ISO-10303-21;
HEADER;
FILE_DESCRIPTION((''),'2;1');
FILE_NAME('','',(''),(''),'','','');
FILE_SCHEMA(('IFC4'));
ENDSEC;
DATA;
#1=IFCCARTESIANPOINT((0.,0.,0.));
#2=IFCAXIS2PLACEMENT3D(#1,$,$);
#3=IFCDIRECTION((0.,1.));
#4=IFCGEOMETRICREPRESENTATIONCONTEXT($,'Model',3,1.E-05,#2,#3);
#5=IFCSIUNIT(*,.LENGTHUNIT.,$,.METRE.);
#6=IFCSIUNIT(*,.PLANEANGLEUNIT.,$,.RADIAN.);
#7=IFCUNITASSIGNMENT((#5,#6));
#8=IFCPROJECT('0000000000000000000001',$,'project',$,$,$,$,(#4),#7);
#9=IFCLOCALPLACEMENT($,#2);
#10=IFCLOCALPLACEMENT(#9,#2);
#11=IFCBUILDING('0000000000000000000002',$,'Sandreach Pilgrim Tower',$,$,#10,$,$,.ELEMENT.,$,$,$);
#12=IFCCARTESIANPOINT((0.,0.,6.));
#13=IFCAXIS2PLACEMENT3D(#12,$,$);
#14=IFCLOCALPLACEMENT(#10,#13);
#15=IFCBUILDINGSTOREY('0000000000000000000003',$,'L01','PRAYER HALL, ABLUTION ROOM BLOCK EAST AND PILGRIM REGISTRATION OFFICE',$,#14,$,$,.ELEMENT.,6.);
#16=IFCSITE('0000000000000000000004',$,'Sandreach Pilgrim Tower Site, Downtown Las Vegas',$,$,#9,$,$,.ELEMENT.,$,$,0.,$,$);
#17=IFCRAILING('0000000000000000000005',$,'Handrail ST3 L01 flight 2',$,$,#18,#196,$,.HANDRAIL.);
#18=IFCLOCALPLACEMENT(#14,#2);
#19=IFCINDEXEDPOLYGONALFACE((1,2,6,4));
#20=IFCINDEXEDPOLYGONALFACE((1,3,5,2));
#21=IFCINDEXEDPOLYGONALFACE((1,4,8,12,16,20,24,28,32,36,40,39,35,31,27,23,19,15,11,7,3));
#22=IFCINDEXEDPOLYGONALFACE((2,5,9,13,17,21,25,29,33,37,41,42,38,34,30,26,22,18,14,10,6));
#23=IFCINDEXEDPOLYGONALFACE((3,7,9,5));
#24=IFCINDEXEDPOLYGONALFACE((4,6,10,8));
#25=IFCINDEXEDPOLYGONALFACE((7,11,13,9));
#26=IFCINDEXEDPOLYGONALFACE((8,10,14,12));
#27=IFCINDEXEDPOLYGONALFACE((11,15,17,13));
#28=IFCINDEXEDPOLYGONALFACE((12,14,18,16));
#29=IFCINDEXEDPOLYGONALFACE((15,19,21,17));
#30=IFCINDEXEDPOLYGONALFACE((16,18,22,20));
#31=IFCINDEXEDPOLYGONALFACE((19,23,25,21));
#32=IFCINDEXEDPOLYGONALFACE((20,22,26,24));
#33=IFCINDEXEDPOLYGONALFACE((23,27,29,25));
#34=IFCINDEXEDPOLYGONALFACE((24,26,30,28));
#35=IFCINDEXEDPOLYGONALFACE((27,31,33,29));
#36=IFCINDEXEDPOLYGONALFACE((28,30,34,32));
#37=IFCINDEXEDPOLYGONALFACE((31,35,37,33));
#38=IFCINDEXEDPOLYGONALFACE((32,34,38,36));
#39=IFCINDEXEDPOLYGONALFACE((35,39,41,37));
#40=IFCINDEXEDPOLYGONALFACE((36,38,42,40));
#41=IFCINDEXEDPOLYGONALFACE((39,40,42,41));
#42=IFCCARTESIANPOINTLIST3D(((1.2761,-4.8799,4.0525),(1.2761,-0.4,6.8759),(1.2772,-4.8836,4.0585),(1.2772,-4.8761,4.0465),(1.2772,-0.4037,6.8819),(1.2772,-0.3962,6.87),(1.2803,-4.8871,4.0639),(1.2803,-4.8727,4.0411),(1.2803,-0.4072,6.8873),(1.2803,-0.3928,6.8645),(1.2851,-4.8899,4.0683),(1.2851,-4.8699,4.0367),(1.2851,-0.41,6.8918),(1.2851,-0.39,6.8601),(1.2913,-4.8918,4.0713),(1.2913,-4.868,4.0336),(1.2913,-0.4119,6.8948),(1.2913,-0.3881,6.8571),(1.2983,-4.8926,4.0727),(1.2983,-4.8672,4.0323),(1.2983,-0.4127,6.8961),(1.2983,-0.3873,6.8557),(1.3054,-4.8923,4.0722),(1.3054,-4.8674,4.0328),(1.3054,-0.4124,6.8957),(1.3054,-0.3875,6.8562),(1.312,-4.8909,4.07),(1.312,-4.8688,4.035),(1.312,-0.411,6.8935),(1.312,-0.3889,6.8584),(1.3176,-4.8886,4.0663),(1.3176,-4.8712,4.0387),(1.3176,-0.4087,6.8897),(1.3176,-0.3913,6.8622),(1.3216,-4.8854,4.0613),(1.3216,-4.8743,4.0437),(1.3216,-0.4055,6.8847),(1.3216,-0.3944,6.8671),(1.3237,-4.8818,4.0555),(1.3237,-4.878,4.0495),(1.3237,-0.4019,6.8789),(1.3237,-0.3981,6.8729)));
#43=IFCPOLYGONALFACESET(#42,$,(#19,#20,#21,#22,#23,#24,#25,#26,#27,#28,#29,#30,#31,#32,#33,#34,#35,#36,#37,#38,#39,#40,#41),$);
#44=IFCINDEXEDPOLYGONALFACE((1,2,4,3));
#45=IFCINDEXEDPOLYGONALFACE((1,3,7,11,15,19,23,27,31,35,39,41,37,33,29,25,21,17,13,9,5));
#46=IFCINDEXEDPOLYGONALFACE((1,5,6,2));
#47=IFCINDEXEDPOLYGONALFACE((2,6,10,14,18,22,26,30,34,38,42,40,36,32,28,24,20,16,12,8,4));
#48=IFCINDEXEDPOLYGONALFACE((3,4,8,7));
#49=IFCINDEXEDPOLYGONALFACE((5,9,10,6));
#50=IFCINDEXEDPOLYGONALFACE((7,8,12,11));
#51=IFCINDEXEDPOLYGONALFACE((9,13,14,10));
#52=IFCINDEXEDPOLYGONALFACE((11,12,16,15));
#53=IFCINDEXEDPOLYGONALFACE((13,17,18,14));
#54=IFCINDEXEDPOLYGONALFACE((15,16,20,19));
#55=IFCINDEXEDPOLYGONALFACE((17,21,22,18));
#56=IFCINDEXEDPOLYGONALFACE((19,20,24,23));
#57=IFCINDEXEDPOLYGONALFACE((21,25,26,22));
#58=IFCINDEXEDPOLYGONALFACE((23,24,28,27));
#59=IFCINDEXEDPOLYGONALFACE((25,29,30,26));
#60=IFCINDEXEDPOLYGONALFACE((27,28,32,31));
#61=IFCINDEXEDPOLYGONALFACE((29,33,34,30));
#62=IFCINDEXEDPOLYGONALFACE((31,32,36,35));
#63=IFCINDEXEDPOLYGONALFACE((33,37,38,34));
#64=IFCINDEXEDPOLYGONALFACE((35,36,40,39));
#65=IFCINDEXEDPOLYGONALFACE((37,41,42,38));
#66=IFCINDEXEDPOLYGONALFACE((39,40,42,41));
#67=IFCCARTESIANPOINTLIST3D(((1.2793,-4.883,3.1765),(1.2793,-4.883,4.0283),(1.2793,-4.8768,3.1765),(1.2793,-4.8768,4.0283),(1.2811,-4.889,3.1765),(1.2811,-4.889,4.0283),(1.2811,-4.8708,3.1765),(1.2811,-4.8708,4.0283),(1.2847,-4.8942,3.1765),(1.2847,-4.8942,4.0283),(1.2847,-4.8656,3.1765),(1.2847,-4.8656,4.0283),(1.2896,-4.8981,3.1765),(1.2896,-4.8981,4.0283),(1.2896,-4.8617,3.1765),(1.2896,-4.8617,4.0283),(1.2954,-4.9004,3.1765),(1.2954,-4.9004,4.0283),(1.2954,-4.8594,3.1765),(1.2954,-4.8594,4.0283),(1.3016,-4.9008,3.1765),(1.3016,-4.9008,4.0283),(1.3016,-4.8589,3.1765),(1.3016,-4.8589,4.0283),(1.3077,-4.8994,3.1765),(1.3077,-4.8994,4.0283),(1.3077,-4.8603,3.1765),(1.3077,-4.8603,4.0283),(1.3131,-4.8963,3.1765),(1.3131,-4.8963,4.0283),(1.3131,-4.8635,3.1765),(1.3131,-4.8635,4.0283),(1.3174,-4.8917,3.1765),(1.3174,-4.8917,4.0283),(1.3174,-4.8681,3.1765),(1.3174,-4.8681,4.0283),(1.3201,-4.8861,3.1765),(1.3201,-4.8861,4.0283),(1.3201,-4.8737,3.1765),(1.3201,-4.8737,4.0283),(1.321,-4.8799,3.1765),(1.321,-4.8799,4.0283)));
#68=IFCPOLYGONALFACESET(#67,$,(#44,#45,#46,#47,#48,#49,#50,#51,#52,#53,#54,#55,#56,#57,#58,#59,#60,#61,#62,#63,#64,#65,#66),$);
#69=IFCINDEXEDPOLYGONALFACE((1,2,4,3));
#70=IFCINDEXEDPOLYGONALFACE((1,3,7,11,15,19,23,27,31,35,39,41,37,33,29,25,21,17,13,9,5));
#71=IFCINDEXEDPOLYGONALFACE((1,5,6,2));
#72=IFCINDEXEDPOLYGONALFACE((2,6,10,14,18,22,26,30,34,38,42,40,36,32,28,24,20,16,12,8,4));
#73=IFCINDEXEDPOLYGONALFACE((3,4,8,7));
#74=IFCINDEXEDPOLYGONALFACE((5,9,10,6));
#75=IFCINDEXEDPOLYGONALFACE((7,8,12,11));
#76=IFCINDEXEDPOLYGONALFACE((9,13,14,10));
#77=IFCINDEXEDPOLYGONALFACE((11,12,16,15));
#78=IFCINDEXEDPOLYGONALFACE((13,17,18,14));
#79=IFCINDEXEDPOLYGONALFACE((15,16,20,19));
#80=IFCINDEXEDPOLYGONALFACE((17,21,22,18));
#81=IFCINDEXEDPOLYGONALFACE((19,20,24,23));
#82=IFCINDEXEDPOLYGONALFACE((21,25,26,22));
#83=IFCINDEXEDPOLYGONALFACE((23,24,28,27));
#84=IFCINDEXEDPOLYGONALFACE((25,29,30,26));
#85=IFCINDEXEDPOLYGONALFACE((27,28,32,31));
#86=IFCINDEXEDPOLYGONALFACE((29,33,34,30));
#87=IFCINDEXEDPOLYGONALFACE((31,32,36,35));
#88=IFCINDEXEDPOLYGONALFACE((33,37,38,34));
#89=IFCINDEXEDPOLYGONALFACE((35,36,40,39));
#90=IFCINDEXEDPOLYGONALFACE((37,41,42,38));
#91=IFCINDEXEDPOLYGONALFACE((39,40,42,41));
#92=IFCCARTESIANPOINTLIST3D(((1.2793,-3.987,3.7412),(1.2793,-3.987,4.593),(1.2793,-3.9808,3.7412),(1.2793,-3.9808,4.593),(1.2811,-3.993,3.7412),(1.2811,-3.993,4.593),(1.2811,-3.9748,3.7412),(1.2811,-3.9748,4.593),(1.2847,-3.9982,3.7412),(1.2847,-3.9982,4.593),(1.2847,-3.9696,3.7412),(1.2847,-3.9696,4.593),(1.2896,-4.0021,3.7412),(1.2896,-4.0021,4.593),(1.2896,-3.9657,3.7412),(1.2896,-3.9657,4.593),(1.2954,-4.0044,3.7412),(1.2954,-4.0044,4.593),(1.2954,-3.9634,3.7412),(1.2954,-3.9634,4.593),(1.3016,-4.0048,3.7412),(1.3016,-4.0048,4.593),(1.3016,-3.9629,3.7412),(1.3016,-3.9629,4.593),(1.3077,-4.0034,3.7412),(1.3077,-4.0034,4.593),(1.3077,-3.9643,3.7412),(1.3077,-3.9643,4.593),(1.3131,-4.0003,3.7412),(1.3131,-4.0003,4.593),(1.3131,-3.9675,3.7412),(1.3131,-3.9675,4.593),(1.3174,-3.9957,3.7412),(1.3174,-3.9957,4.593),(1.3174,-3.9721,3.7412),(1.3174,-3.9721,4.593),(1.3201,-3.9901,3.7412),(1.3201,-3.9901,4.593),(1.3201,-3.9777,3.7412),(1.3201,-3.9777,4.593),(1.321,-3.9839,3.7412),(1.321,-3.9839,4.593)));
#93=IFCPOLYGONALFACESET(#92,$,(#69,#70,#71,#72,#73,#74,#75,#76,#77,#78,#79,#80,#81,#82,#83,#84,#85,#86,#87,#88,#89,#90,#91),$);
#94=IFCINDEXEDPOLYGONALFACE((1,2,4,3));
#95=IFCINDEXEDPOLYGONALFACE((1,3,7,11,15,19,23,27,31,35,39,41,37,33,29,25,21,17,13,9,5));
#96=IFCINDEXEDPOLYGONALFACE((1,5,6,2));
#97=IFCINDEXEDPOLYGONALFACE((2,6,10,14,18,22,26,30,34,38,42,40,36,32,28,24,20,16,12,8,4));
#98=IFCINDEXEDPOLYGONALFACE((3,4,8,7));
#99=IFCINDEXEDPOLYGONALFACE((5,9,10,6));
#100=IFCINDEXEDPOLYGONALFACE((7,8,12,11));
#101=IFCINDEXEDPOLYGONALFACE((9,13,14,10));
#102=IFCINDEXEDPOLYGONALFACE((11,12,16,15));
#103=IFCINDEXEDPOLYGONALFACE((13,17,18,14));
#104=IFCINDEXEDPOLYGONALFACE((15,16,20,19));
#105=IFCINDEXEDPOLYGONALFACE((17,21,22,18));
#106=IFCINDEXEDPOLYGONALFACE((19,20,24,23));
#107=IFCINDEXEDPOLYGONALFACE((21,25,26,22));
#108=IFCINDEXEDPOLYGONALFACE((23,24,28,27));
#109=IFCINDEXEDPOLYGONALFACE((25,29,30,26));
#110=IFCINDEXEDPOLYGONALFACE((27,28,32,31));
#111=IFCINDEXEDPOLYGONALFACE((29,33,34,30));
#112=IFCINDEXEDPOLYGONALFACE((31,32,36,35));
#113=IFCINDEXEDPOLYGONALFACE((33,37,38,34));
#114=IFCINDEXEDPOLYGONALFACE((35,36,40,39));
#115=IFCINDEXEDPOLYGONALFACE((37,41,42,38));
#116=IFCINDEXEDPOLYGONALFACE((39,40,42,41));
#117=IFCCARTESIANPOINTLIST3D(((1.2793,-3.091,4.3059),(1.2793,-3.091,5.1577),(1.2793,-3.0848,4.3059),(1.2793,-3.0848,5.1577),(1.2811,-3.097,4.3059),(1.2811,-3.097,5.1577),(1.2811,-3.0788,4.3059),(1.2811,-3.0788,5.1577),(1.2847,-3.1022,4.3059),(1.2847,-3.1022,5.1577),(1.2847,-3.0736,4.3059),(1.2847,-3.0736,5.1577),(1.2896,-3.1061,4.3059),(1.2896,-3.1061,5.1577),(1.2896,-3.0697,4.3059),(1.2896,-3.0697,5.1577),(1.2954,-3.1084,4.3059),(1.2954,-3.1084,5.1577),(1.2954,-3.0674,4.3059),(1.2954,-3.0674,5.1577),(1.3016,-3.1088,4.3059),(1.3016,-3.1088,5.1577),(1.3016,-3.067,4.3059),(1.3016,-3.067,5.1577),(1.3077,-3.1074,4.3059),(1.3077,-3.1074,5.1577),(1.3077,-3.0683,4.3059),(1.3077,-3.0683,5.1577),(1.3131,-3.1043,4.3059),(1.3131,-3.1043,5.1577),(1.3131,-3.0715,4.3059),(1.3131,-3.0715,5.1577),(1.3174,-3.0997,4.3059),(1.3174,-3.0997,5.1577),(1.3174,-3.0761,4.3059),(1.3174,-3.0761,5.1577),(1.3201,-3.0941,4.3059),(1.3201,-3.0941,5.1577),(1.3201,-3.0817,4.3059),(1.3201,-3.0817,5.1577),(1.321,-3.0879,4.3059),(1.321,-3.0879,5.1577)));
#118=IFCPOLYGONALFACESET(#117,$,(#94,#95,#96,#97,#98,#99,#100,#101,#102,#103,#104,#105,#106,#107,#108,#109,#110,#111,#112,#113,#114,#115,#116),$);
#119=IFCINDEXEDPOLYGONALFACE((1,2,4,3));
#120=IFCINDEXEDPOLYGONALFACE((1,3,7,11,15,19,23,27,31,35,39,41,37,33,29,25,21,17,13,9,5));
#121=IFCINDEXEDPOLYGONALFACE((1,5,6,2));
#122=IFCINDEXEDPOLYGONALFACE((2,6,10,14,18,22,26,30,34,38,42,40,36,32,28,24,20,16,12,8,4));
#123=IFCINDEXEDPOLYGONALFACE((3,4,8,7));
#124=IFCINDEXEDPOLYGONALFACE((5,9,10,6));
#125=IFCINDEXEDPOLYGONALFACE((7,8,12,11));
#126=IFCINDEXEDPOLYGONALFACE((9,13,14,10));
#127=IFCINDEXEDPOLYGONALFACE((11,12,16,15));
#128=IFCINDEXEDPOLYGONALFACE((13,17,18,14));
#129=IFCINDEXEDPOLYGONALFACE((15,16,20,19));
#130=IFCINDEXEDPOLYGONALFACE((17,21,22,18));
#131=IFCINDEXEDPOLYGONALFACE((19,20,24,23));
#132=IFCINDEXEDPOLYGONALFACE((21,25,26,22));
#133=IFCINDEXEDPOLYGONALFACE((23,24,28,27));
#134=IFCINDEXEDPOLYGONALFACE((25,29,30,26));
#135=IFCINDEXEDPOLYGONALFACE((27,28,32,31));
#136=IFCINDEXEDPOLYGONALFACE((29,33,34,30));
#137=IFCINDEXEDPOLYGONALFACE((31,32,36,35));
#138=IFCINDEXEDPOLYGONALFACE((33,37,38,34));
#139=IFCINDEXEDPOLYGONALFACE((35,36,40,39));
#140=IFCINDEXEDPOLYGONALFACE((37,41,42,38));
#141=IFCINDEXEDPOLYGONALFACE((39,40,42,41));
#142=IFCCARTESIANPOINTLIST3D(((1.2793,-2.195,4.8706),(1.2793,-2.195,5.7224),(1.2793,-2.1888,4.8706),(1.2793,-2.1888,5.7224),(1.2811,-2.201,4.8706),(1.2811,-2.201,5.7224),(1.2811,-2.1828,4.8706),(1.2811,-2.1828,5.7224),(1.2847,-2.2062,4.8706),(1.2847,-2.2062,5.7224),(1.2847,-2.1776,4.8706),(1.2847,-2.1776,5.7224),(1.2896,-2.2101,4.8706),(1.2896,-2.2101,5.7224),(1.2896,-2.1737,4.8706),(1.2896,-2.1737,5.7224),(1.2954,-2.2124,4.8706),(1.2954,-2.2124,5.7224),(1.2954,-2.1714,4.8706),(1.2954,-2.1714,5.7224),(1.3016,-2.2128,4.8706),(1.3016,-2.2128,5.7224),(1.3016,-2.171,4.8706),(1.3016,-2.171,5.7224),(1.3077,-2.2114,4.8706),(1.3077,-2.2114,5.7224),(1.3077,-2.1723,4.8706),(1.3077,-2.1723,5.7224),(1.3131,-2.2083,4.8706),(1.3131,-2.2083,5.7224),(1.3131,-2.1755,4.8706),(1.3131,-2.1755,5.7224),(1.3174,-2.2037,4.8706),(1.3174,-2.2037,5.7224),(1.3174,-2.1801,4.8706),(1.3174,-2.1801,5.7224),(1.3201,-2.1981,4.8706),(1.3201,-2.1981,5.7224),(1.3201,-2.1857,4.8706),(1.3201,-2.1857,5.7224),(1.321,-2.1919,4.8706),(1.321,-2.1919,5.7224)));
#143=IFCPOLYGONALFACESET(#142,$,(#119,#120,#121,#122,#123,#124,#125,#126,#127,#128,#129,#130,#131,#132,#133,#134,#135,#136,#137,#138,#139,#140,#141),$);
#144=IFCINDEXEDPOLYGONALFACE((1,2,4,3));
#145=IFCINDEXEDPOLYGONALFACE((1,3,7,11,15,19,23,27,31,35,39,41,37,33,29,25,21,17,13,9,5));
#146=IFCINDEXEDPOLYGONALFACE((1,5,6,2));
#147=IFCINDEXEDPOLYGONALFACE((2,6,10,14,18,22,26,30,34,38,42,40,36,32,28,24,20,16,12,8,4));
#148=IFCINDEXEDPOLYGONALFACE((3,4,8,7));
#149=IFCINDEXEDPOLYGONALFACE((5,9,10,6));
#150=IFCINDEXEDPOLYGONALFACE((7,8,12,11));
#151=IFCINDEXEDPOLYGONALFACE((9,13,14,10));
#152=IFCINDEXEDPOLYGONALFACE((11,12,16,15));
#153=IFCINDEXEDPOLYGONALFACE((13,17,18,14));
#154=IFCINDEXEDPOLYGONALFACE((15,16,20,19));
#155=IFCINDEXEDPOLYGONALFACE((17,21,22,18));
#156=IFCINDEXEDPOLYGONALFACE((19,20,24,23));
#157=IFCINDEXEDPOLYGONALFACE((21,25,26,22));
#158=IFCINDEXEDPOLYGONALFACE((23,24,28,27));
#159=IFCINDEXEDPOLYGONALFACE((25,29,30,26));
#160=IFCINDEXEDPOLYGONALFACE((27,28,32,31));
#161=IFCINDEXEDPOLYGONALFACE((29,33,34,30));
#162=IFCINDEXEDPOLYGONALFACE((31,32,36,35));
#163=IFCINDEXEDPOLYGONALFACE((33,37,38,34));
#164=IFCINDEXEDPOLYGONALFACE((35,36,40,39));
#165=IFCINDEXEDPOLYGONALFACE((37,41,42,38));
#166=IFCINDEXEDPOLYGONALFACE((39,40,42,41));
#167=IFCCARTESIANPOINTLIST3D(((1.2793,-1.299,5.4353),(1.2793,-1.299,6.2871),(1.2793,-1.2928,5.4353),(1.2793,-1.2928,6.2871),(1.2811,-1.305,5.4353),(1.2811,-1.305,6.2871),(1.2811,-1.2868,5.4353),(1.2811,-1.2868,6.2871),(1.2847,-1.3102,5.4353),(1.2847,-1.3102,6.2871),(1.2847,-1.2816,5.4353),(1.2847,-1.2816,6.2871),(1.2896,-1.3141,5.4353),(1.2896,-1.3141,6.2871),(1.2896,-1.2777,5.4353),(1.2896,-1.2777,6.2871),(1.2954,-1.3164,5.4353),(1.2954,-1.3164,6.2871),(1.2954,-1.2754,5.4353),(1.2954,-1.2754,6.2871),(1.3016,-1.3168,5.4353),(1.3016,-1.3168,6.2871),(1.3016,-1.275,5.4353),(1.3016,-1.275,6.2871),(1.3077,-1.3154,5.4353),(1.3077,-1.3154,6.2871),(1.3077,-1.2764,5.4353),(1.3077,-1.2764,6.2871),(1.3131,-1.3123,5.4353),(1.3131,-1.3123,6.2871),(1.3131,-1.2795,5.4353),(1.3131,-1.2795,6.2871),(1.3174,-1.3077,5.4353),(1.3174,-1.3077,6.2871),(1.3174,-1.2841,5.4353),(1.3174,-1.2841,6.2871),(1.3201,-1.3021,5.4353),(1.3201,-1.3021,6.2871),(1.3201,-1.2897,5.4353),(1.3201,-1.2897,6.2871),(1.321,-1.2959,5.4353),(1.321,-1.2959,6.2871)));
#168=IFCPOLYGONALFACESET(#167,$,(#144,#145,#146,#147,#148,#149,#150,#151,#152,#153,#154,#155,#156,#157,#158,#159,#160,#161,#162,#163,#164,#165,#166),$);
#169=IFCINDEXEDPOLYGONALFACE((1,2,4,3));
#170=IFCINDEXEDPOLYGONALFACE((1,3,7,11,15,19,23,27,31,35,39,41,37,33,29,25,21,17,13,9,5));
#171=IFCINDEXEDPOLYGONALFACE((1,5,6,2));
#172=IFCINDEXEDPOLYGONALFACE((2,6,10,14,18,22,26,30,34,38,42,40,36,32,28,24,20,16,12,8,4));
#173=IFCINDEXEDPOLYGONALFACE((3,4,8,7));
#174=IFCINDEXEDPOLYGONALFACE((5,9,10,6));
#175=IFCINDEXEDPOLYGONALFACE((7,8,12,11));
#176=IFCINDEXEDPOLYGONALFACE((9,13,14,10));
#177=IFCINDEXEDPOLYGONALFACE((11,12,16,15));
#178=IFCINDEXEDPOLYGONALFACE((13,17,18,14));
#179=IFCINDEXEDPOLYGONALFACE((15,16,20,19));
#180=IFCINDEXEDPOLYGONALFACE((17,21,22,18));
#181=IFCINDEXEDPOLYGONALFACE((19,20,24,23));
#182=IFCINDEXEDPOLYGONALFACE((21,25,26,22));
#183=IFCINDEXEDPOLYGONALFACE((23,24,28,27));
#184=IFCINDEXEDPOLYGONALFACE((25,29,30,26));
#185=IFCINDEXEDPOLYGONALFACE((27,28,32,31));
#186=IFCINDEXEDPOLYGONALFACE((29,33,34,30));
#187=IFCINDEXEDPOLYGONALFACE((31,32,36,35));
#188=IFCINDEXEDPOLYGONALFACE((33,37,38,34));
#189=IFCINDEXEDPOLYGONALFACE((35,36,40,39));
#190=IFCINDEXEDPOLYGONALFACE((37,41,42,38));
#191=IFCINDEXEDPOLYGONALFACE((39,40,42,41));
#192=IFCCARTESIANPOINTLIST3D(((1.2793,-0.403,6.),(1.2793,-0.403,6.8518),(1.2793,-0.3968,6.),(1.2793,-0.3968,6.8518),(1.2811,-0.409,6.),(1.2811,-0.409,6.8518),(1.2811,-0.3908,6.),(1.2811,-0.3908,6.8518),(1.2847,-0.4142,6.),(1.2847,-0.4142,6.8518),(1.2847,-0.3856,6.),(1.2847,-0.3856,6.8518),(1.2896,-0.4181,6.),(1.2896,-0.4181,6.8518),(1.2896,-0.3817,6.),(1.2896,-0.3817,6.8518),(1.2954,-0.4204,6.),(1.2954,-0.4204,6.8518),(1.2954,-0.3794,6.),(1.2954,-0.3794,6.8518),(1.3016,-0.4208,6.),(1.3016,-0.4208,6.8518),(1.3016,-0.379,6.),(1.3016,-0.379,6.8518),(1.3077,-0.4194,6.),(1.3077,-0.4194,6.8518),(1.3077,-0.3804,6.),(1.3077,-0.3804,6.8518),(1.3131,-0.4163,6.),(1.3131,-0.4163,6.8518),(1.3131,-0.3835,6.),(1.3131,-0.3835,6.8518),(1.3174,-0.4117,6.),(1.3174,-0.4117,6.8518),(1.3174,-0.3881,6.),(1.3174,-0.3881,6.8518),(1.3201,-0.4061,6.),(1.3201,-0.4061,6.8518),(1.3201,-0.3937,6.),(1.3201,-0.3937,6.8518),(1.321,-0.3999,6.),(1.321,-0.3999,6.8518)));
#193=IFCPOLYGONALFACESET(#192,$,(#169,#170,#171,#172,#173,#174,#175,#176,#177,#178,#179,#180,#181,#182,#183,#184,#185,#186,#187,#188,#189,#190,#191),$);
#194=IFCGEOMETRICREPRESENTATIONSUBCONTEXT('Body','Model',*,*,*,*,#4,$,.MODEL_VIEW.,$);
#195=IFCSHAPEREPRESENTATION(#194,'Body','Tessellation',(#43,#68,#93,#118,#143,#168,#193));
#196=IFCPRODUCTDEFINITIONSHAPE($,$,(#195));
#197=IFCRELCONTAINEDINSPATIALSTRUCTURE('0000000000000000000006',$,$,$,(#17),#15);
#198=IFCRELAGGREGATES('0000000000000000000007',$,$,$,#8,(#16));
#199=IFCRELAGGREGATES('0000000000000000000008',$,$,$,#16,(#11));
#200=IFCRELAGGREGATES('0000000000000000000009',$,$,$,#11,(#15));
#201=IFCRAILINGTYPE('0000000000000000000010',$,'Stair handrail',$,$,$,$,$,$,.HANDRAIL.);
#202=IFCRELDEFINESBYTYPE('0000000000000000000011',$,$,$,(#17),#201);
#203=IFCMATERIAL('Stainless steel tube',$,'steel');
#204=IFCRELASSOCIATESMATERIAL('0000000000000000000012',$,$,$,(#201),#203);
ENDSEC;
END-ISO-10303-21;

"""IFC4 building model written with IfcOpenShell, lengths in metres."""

from ifc_helpers import new_model, si_unit, direction, frame, origin, origin_2d, place, context, subcontext, project, spatial, circle, extrude, material, type_object, element, save


model = new_model("IFC4")

# Units and contexts
model_context = context("Model", 3, precision=1e-05, world=origin(), true_north=direction((0.0, 1.0)))
body_context = subcontext(model_context, "Body", "Model", "MODEL_VIEW")
ifc_project = project(units=[si_unit("LENGTHUNIT", "METRE"), si_unit("PLANEANGLEUNIT", "RADIAN")], contexts=[model_context])

# Site, building, storey
site_placement = place(None, origin())
site = spatial("IfcSite", under=ifc_project, at=site_placement, Name="Sandreach Pilgrim Tower Site, Downtown Las Vegas", CompositionType="ELEMENT", RefElevation=0.0)
building_placement = place(site_placement, origin())
building = spatial("IfcBuilding", under=site, at=building_placement, Name="Sandreach Pilgrim Tower", CompositionType="ELEMENT")
storey_placement = place(building_placement, frame((0.0, 0.0, 6.0)))
storey = spatial("IfcBuildingStorey", under=building, at=storey_placement, Name="L01", Description="PRAYER HALL, ABLUTION ROOM BLOCK EAST AND PILGRIM REGISTRATION OFFICE", CompositionType="ELEMENT", Elevation=6.0)

# Railing
ifc_material_1 = material(Name="Stainless steel tube", Category="steel")
railing_type = type_object("IfcRailingType", Name="Stair handrail", PredefinedType="HANDRAIL", material=ifc_material_1)
for number, where, name in (
    (1, (1.3, -4.8799, 3.1765), "Handrail ST3 L01 flight 2"),
):
    element("IfcRailing", number, at=place(storey_placement, frame(where)), inside=storey, type_object=railing_type, Name=name, PredefinedType="HANDRAIL", context=body_context, shape_type="SweptSolid", body=[
        extrude(circle(Radius=0.0239, at=origin_2d()), frame((0.0, 0.0, 0.876), z_axis=(0.0, 0.845998, 0.533186), x_axis=(-1.0, 0.0, 0.0)), (0.0, 0.0, 1.0), 5.2954),
        extrude(circle(Radius=0.021, at=origin_2d()), origin(), (0.0, 0.0, 1.0), 0.8518),
        extrude(circle(Radius=0.021, at=origin_2d()), frame((0.0, 0.896, 0.5647)), (0.0, 0.0, 1.0), 0.8518),
        extrude(circle(Radius=0.021, at=origin_2d()), frame((0.0, 1.792, 1.1294)), (0.0, 0.0, 1.0), 0.8518),
        extrude(circle(Radius=0.021, at=origin_2d()), frame((0.0, 2.688, 1.6941)), (0.0, 0.0, 1.0), 0.8518),
        extrude(circle(Radius=0.021, at=origin_2d()), frame((0.0, 3.584, 2.2588)), (0.0, 0.0, 1.0), 0.8518),
        extrude(circle(Radius=0.021, at=origin_2d()), frame((0.0, 4.48, 2.8235)), (0.0, 0.0, 1.0), 0.8518),
    ])

save(model, "model.ifc")
